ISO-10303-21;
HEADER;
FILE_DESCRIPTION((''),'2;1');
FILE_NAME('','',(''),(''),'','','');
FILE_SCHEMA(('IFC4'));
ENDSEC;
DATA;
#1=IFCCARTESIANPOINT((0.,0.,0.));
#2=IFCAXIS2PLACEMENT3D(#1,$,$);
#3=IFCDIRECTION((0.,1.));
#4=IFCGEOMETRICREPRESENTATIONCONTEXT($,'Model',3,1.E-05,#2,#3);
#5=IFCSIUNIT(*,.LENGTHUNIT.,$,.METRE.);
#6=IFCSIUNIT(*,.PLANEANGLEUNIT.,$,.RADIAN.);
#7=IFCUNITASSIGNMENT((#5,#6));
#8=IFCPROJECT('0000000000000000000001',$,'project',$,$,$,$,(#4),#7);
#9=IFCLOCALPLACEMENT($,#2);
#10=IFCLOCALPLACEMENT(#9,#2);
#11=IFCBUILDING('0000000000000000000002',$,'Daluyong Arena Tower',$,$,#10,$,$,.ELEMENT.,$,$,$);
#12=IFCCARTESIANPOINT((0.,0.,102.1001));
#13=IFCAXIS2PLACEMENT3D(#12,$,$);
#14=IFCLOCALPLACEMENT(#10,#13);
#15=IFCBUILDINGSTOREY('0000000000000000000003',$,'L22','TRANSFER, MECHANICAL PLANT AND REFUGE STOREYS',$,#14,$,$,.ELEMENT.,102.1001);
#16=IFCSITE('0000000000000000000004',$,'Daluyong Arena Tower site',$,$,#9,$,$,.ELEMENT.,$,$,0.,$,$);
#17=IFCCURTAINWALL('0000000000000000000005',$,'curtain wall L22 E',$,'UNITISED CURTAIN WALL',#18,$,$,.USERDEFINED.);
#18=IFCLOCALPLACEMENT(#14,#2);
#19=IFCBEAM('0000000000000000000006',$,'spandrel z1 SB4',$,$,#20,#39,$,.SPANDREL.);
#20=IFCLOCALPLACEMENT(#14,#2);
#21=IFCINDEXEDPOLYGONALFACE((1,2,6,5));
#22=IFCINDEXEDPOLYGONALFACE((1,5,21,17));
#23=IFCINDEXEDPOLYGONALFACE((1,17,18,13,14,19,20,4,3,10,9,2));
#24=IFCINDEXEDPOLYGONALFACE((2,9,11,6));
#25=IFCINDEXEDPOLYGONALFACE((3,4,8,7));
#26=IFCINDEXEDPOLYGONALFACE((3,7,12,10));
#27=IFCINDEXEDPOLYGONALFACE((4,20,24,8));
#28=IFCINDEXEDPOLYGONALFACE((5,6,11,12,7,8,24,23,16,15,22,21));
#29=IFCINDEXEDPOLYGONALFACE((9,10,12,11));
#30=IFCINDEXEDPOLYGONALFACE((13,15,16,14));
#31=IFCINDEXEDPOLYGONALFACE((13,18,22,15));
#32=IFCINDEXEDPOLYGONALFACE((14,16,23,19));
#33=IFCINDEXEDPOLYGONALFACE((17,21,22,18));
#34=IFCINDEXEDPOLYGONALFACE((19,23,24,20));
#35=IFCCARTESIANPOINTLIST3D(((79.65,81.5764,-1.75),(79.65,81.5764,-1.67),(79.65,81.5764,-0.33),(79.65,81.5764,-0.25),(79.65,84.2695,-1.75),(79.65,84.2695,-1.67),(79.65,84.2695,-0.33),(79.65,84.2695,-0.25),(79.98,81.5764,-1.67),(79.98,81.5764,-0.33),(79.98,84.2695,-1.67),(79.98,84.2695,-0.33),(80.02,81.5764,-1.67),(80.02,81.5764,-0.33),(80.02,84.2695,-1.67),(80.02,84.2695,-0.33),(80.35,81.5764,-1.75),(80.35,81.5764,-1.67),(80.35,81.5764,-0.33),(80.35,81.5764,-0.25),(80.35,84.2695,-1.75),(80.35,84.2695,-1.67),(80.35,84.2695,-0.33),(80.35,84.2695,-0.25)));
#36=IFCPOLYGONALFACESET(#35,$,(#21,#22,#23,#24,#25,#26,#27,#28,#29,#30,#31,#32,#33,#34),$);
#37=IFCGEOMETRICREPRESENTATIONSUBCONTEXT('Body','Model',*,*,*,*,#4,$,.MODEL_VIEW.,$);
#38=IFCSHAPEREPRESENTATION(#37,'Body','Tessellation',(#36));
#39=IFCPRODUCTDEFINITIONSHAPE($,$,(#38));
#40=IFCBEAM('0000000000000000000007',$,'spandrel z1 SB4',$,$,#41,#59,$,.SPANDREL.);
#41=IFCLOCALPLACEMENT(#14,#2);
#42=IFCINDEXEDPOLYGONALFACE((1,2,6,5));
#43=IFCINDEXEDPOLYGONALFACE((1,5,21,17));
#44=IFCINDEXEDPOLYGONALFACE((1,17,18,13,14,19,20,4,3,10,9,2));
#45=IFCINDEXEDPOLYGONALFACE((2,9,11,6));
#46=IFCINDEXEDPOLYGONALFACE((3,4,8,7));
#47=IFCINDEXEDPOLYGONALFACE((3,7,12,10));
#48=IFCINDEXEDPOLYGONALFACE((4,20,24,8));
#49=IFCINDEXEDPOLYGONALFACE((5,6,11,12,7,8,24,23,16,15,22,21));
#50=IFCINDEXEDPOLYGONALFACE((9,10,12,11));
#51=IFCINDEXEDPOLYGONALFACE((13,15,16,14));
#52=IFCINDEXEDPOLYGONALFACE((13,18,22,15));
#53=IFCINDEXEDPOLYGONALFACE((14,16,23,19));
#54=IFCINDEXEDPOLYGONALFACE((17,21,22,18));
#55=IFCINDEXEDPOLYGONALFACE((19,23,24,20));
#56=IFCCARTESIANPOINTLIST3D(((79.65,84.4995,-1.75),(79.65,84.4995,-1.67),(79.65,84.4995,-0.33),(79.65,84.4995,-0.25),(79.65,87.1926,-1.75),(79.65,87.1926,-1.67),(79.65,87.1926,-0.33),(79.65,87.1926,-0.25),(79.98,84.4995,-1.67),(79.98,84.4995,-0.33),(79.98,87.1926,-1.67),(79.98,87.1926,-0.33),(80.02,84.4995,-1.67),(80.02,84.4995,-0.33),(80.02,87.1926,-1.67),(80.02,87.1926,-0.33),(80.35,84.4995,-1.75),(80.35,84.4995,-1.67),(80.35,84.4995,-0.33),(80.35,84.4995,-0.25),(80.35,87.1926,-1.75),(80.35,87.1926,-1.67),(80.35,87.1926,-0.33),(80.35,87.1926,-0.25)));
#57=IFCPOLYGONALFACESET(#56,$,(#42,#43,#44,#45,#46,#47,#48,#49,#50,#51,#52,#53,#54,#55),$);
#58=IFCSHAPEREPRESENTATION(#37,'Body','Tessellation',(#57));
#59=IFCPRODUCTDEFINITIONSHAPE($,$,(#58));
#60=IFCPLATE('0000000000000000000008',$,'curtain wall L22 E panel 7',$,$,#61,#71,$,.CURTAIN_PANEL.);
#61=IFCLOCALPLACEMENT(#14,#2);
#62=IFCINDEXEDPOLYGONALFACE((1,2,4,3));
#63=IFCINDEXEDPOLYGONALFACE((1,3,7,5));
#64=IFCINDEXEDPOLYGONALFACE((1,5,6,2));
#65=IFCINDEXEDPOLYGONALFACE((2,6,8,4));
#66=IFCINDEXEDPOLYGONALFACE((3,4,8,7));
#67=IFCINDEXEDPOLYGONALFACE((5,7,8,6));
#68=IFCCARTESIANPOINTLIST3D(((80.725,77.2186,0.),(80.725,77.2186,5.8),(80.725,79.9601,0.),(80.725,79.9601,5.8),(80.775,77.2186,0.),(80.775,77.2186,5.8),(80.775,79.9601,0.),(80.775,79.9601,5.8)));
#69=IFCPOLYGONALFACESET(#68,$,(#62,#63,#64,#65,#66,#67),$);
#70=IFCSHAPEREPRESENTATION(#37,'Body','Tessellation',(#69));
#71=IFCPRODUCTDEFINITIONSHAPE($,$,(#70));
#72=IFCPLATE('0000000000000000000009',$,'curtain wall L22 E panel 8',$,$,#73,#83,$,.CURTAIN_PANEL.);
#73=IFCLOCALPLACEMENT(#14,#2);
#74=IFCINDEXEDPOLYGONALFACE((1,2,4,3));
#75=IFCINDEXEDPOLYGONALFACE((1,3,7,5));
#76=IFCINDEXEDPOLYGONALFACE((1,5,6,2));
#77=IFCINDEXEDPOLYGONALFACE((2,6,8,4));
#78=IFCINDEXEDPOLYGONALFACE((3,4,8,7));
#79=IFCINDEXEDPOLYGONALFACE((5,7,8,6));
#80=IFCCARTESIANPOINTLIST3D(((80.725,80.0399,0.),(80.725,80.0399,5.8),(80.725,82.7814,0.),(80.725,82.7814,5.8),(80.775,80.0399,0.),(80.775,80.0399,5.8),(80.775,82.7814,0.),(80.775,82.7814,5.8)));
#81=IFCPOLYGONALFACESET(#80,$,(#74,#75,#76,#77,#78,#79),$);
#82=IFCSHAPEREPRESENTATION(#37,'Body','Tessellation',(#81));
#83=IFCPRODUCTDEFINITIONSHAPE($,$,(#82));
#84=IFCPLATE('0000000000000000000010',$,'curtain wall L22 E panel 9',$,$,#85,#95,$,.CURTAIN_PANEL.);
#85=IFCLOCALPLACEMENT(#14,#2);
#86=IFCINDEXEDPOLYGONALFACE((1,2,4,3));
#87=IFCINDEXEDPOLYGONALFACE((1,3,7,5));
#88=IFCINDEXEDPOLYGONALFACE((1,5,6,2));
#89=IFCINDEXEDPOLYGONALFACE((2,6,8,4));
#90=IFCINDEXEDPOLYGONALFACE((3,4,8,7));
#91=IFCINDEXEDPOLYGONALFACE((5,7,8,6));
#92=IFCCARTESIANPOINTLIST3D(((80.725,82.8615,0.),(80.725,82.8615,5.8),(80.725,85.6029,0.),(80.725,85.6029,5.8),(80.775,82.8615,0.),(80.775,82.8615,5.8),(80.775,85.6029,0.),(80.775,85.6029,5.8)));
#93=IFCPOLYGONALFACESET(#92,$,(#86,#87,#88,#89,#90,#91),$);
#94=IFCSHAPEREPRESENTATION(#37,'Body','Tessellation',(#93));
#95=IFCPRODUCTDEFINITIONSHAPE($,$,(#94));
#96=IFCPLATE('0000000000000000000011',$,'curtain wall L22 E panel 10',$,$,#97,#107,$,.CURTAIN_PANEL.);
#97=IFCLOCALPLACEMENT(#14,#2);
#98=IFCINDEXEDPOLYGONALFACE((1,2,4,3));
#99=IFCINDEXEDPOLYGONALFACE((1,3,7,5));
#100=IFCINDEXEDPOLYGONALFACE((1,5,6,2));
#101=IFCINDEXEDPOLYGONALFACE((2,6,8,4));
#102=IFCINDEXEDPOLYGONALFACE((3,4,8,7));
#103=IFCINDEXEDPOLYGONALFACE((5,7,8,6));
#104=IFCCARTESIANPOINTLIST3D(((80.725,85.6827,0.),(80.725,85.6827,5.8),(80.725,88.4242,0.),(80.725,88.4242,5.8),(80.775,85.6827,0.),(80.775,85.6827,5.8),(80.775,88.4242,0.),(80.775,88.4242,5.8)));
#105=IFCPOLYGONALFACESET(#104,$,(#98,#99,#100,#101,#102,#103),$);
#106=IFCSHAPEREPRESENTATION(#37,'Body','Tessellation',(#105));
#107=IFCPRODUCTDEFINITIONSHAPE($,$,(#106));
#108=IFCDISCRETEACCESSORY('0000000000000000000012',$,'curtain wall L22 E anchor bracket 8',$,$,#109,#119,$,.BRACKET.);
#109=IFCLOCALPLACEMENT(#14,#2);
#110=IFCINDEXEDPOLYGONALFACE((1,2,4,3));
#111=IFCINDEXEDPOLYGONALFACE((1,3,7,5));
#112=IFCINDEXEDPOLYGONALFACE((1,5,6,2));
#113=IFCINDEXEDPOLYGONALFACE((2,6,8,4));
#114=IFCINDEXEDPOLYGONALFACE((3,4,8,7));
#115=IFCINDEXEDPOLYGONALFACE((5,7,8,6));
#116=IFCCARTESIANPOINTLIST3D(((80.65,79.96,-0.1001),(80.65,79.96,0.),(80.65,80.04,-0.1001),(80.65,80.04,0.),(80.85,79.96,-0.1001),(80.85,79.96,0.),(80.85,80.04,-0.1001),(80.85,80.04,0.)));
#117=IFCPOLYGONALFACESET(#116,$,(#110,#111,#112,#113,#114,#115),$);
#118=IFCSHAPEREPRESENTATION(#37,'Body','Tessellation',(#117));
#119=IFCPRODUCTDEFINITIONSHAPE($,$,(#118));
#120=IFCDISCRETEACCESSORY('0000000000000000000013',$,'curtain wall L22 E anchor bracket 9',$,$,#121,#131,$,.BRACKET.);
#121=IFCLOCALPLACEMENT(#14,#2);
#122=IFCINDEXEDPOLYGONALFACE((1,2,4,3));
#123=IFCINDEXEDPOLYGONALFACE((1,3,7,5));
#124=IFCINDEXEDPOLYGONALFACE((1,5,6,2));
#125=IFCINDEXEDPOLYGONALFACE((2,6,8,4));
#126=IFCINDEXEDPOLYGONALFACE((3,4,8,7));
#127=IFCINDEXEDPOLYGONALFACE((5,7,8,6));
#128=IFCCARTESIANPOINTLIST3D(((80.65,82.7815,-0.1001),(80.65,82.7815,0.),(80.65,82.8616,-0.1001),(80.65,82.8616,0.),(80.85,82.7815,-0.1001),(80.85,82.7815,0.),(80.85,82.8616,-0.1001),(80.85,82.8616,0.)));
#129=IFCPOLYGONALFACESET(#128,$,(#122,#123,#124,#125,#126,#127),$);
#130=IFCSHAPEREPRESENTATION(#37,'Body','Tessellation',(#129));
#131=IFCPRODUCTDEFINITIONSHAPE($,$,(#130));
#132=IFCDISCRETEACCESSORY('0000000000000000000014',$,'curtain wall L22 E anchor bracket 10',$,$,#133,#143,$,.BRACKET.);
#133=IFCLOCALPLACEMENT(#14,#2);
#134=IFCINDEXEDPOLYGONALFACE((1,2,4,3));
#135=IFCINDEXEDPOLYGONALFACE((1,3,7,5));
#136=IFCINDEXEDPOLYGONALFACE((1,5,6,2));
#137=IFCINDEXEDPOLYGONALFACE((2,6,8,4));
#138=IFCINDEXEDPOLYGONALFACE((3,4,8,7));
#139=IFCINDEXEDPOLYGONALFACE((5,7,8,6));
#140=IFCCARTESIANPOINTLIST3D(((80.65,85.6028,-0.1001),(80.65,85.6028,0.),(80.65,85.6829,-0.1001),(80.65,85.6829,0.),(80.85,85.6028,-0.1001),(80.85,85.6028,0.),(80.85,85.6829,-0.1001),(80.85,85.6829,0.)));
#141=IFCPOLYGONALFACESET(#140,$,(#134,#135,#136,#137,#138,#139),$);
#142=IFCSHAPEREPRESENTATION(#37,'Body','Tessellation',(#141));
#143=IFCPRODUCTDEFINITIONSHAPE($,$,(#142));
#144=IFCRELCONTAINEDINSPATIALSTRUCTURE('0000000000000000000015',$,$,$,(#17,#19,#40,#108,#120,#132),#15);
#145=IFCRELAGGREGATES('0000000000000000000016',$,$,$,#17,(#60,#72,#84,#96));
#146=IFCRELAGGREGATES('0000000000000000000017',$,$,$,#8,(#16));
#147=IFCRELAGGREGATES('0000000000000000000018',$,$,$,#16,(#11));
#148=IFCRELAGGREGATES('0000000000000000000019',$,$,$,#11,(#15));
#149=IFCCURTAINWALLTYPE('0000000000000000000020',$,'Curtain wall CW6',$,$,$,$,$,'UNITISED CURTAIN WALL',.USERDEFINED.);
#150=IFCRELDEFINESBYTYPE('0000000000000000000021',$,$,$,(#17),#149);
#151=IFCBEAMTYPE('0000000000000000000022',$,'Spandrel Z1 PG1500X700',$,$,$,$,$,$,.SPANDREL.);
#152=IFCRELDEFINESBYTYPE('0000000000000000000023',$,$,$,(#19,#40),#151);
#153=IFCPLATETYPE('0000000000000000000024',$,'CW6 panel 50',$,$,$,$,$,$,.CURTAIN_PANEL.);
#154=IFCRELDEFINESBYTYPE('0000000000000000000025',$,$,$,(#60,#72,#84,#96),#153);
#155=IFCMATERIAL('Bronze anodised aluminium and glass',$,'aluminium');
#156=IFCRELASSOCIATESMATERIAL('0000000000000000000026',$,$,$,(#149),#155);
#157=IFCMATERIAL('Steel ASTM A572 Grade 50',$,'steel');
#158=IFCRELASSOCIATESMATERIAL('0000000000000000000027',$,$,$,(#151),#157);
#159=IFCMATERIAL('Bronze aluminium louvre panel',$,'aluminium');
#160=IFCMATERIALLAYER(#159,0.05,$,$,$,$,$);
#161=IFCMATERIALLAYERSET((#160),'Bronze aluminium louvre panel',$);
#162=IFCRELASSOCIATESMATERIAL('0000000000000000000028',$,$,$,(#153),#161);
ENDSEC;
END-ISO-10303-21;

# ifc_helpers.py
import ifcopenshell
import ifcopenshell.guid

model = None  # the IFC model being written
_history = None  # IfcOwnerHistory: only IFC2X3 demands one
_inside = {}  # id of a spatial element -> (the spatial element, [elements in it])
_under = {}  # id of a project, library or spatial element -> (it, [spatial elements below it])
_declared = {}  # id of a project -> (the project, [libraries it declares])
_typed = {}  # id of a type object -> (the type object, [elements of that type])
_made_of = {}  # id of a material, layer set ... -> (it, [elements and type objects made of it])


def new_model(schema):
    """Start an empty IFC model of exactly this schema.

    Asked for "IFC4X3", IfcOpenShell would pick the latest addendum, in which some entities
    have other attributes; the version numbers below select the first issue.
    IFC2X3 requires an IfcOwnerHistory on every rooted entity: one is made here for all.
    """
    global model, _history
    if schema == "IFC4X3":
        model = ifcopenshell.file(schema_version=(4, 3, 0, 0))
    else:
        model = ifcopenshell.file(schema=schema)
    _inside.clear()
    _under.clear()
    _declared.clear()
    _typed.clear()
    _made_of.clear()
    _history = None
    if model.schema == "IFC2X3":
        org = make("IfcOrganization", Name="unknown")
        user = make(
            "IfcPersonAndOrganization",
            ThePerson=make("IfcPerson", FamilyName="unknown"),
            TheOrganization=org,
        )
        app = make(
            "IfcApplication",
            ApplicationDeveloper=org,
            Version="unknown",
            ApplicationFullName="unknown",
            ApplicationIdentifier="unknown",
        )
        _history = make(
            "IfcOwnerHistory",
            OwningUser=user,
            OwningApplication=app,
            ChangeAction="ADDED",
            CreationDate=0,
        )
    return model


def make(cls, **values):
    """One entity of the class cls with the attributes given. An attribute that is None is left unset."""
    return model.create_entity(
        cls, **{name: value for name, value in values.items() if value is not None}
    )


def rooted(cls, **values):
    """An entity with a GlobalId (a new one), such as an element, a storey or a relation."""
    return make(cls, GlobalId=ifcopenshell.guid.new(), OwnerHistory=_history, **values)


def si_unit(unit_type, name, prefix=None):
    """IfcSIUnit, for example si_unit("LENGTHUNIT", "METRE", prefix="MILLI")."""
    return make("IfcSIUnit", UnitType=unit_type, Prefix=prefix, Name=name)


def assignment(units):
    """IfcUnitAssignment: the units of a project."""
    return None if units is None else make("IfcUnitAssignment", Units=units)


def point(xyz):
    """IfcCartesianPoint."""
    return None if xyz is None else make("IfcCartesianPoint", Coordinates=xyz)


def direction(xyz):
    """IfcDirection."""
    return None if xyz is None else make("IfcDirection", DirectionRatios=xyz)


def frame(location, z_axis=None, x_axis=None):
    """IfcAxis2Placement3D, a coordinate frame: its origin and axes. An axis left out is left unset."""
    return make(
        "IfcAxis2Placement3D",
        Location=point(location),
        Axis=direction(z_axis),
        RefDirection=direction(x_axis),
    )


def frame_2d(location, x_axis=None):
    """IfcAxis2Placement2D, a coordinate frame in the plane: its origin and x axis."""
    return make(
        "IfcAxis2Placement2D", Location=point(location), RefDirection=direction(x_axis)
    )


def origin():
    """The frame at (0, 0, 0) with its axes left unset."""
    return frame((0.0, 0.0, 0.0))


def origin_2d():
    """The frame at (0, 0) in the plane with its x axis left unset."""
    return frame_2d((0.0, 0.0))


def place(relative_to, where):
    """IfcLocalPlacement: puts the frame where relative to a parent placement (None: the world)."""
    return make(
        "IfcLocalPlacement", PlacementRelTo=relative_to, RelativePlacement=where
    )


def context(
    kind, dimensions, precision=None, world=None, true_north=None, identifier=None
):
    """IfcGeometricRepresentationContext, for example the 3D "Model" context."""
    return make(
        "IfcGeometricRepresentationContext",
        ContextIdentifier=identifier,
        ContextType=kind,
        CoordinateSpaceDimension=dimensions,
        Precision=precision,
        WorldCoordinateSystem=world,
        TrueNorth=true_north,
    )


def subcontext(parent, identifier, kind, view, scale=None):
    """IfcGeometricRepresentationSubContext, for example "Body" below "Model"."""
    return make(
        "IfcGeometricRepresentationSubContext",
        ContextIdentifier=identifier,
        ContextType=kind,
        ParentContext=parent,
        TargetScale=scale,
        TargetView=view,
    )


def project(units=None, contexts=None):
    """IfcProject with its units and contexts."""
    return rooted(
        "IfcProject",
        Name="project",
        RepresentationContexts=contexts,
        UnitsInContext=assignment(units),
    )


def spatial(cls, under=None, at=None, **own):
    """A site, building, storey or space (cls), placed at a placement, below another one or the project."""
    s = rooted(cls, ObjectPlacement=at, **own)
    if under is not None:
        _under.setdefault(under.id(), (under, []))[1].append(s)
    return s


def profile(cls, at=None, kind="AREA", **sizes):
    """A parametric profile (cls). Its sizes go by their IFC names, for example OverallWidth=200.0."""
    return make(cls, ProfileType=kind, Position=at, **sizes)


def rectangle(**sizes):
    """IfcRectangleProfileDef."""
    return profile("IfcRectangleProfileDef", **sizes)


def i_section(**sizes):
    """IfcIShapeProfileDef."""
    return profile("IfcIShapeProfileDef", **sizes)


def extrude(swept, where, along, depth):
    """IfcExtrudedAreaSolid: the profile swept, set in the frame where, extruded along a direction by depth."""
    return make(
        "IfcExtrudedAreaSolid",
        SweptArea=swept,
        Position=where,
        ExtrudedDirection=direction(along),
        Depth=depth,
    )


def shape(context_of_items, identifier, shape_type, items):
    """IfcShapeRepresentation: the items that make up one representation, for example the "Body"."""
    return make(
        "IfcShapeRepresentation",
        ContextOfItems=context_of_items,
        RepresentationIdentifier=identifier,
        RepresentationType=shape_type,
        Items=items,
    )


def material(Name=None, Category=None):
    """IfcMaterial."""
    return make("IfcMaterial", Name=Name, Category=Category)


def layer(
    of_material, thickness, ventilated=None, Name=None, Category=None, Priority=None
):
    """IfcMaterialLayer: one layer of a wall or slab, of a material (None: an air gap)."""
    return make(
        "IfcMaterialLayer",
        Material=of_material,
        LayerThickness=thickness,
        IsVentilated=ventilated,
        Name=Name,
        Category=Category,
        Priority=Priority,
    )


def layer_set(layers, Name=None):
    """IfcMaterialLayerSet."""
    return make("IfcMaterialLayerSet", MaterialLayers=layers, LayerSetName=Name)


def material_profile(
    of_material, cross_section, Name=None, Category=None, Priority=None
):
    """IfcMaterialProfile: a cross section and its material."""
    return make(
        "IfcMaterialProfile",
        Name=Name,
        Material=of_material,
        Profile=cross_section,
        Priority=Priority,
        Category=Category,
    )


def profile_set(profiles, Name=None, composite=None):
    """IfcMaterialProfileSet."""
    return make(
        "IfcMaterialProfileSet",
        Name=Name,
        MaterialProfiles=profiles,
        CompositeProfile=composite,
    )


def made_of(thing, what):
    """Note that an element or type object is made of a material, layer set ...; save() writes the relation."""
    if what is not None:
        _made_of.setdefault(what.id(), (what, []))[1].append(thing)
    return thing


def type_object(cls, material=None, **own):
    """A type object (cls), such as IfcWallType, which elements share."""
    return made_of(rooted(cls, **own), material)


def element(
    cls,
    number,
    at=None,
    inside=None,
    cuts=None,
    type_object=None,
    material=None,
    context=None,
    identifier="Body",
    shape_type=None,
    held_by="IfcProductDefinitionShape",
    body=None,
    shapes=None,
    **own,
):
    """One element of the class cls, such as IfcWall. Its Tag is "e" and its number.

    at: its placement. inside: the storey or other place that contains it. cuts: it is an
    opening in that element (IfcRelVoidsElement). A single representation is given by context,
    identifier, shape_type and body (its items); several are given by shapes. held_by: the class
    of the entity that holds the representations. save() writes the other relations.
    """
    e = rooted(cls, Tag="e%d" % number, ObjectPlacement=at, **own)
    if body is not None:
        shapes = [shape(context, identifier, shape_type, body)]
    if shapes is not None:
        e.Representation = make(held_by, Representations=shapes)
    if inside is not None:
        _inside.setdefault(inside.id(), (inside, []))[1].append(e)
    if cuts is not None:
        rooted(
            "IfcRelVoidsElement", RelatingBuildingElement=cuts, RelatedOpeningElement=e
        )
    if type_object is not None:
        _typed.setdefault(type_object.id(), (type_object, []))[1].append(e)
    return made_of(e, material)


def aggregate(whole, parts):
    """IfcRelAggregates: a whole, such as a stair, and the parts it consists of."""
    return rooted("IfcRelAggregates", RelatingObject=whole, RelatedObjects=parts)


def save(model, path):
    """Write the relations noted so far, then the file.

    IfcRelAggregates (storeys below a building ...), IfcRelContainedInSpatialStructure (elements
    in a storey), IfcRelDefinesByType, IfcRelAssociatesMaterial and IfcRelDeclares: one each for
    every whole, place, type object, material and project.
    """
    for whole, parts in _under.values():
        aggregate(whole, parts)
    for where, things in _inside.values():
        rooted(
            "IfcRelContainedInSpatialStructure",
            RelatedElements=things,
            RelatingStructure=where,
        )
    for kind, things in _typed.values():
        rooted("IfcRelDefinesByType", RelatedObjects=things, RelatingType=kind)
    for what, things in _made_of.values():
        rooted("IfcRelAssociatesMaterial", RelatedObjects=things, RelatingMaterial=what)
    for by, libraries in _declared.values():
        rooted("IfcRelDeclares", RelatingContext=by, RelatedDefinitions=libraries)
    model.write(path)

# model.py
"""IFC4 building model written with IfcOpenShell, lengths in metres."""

from ifc_helpers import new_model, si_unit, direction, frame, origin, origin_2d, place, context, subcontext, project, spatial, rectangle, i_section, extrude, material, layer, layer_set, material_profile, profile_set, type_object, element, aggregate, save


model = new_model("IFC4")

# Units and contexts
model_context = context("Model", 3, precision=1e-05, world=origin(), true_north=direction((0.0, 1.0)))
body_context = subcontext(model_context, "Body", "Model", "MODEL_VIEW")
ifc_project = project(units=[si_unit("LENGTHUNIT", "METRE"), si_unit("PLANEANGLEUNIT", "RADIAN")], contexts=[model_context])

# Site, building, storey
site_placement = place(None, origin())
site = spatial("IfcSite", under=ifc_project, at=site_placement, Name="Daluyong Arena Tower site", CompositionType="ELEMENT", RefElevation=0.0)
building_placement = place(site_placement, origin())
building = spatial("IfcBuilding", under=site, at=building_placement, Name="Daluyong Arena Tower", CompositionType="ELEMENT")
storey_placement = place(building_placement, frame((0.0, 0.0, 102.1001)))
storey = spatial("IfcBuildingStorey", under=building, at=storey_placement, Name="L22", Description="TRANSFER, MECHANICAL PLANT AND REFUGE STOREYS", CompositionType="ELEMENT", Elevation=102.1001)

# Curtain wall
ifc_material_1 = material(Name="Bronze anodised aluminium and glass", Category="aluminium")
curtain_wall_type = type_object("IfcCurtainWallType", Name="Curtain wall CW6", ElementType="UNITISED CURTAIN WALL", PredefinedType="USERDEFINED", material=ifc_material_1)
curtain_wall_placement = place(storey_placement, origin())
curtain_wall = element("IfcCurtainWall", 1, at=curtain_wall_placement, inside=storey, type_object=curtain_wall_type, Name="curtain wall L22 E", ObjectType="UNITISED CURTAIN WALL", PredefinedType="USERDEFINED")

# Beams
ifc_material_2 = material(Name="Steel ASTM A572 Grade 50", Category="steel")
ifc_material_profile_1 = material_profile(ifc_material_2, i_section(OverallWidth=0.7, OverallDepth=1.5, WebThickness=0.04, FlangeThickness=0.08, at=origin_2d()))
ifc_profile_set_1 = profile_set([ifc_material_profile_1], Name="Steel ASTM A572 Grade 50")
beam_type = type_object("IfcBeamType", Name="Spandrel Z1 PG1500X700", PredefinedType="SPANDREL", material=ifc_profile_set_1)
for number, where, z_axis, x_axis, name in (
    (2, (80.0, 81.5764, -1.0), (0.0, 1.0, 0.0), (-1.0, 0.0, 0.0), "spandrel z1 SB4"),
    (3, (80.0, 84.4995, -1.0), (0.0, 1.0, 0.0), (-1.0, 0.0, 0.0), "spandrel z1 SB4"),
):
    element("IfcBeam", number, at=place(storey_placement, frame(where, z_axis=z_axis, x_axis=x_axis)), inside=storey, type_object=beam_type, Name=name, PredefinedType="SPANDREL", context=body_context, shape_type="SweptSolid", body=[
        extrude(i_section(OverallWidth=0.7, OverallDepth=1.5, WebThickness=0.04, FlangeThickness=0.08, at=origin_2d()), origin(), (0.0, 0.0, 1.0), 2.6931),
    ])

# Plates
ifc_material_3 = material(Name="Bronze aluminium louvre panel", Category="aluminium")
ifc_layer = layer(ifc_material_3, 0.05)
ifc_layer_set = layer_set([ifc_layer], Name="Bronze aluminium louvre panel")
plate_type = type_object("IfcPlateType", Name="CW6 panel 50", PredefinedType="CURTAIN_PANEL", material=ifc_layer_set)
plate_1_placement = place(storey_placement, frame((80.75, 78.5894, 0.0), z_axis=(0.0, 0.0, 1.0), x_axis=(0.0, 1.0, 0.0)))
plate_1 = element("IfcPlate", 4, at=plate_1_placement, type_object=plate_type, Name="curtain wall L22 E panel 7", PredefinedType="CURTAIN_PANEL", context=body_context, shape_type="SweptSolid", body=[
    extrude(rectangle(XDim=2.7415, YDim=0.05, at=origin_2d()), origin(), (0.0, 0.0, 1.0), 5.8),
])
plate_2_placement = place(storey_placement, frame((80.75, 81.4106, 0.0), z_axis=(0.0, 0.0, 1.0), x_axis=(0.0, 1.0, 0.0)))
plate_2 = element("IfcPlate", 5, at=plate_2_placement, type_object=plate_type, Name="curtain wall L22 E panel 8", PredefinedType="CURTAIN_PANEL", context=body_context, shape_type="SweptSolid", body=[
    extrude(rectangle(XDim=2.7415, YDim=0.05, at=origin_2d()), origin(), (0.0, 0.0, 1.0), 5.8),
])
plate_3_placement = place(storey_placement, frame((80.75, 84.2322, 0.0), z_axis=(0.0, 0.0, 1.0), x_axis=(0.0, 1.0, 0.0)))
plate_3 = element("IfcPlate", 6, at=plate_3_placement, type_object=plate_type, Name="curtain wall L22 E panel 9", PredefinedType="CURTAIN_PANEL", context=body_context, shape_type="SweptSolid", body=[
    extrude(rectangle(XDim=2.7415, YDim=0.05, at=origin_2d()), origin(), (0.0, 0.0, 1.0), 5.8),
])
plate_4_placement = place(storey_placement, frame((80.75, 87.0535, 0.0), z_axis=(0.0, 0.0, 1.0), x_axis=(0.0, 1.0, 0.0)))
plate_4 = element("IfcPlate", 7, at=plate_4_placement, type_object=plate_type, Name="curtain wall L22 E panel 10", PredefinedType="CURTAIN_PANEL", context=body_context, shape_type="SweptSolid", body=[
    extrude(rectangle(XDim=2.7415, YDim=0.05, at=origin_2d()), origin(), (0.0, 0.0, 1.0), 5.8),
])
aggregate(curtain_wall, [plate_1, plate_2, plate_3, plate_4])

# Discrete accessories
for number, where, z_axis, x_axis, name in (
    (8, (80.75, 80.0, -0.1001), (0.0, 0.0, 1.0), (0.0, 1.0, 0.0), "curtain wall L22 E anchor bracket 8"),
    (9, (80.75, 82.8215, -0.1001), (0.0, 0.0, 1.0), (0.0, 1.0, 0.0), "curtain wall L22 E anchor bracket 9"),
    (10, (80.75, 85.6428, -0.1001), (0.0, 0.0, 1.0), (0.0, 1.0, 0.0), "curtain wall L22 E anchor bracket 10"),
):
    element("IfcDiscreteAccessory", number, at=place(storey_placement, frame(where, z_axis=z_axis, x_axis=x_axis)), inside=storey, Name=name, PredefinedType="BRACKET", context=body_context, shape_type="SweptSolid", body=[
        extrude(rectangle(XDim=0.0801, YDim=0.2, at=origin_2d()), origin(), (0.0, 0.0, 1.0), 0.1001),
    ])

save(model, "model.ifc")
